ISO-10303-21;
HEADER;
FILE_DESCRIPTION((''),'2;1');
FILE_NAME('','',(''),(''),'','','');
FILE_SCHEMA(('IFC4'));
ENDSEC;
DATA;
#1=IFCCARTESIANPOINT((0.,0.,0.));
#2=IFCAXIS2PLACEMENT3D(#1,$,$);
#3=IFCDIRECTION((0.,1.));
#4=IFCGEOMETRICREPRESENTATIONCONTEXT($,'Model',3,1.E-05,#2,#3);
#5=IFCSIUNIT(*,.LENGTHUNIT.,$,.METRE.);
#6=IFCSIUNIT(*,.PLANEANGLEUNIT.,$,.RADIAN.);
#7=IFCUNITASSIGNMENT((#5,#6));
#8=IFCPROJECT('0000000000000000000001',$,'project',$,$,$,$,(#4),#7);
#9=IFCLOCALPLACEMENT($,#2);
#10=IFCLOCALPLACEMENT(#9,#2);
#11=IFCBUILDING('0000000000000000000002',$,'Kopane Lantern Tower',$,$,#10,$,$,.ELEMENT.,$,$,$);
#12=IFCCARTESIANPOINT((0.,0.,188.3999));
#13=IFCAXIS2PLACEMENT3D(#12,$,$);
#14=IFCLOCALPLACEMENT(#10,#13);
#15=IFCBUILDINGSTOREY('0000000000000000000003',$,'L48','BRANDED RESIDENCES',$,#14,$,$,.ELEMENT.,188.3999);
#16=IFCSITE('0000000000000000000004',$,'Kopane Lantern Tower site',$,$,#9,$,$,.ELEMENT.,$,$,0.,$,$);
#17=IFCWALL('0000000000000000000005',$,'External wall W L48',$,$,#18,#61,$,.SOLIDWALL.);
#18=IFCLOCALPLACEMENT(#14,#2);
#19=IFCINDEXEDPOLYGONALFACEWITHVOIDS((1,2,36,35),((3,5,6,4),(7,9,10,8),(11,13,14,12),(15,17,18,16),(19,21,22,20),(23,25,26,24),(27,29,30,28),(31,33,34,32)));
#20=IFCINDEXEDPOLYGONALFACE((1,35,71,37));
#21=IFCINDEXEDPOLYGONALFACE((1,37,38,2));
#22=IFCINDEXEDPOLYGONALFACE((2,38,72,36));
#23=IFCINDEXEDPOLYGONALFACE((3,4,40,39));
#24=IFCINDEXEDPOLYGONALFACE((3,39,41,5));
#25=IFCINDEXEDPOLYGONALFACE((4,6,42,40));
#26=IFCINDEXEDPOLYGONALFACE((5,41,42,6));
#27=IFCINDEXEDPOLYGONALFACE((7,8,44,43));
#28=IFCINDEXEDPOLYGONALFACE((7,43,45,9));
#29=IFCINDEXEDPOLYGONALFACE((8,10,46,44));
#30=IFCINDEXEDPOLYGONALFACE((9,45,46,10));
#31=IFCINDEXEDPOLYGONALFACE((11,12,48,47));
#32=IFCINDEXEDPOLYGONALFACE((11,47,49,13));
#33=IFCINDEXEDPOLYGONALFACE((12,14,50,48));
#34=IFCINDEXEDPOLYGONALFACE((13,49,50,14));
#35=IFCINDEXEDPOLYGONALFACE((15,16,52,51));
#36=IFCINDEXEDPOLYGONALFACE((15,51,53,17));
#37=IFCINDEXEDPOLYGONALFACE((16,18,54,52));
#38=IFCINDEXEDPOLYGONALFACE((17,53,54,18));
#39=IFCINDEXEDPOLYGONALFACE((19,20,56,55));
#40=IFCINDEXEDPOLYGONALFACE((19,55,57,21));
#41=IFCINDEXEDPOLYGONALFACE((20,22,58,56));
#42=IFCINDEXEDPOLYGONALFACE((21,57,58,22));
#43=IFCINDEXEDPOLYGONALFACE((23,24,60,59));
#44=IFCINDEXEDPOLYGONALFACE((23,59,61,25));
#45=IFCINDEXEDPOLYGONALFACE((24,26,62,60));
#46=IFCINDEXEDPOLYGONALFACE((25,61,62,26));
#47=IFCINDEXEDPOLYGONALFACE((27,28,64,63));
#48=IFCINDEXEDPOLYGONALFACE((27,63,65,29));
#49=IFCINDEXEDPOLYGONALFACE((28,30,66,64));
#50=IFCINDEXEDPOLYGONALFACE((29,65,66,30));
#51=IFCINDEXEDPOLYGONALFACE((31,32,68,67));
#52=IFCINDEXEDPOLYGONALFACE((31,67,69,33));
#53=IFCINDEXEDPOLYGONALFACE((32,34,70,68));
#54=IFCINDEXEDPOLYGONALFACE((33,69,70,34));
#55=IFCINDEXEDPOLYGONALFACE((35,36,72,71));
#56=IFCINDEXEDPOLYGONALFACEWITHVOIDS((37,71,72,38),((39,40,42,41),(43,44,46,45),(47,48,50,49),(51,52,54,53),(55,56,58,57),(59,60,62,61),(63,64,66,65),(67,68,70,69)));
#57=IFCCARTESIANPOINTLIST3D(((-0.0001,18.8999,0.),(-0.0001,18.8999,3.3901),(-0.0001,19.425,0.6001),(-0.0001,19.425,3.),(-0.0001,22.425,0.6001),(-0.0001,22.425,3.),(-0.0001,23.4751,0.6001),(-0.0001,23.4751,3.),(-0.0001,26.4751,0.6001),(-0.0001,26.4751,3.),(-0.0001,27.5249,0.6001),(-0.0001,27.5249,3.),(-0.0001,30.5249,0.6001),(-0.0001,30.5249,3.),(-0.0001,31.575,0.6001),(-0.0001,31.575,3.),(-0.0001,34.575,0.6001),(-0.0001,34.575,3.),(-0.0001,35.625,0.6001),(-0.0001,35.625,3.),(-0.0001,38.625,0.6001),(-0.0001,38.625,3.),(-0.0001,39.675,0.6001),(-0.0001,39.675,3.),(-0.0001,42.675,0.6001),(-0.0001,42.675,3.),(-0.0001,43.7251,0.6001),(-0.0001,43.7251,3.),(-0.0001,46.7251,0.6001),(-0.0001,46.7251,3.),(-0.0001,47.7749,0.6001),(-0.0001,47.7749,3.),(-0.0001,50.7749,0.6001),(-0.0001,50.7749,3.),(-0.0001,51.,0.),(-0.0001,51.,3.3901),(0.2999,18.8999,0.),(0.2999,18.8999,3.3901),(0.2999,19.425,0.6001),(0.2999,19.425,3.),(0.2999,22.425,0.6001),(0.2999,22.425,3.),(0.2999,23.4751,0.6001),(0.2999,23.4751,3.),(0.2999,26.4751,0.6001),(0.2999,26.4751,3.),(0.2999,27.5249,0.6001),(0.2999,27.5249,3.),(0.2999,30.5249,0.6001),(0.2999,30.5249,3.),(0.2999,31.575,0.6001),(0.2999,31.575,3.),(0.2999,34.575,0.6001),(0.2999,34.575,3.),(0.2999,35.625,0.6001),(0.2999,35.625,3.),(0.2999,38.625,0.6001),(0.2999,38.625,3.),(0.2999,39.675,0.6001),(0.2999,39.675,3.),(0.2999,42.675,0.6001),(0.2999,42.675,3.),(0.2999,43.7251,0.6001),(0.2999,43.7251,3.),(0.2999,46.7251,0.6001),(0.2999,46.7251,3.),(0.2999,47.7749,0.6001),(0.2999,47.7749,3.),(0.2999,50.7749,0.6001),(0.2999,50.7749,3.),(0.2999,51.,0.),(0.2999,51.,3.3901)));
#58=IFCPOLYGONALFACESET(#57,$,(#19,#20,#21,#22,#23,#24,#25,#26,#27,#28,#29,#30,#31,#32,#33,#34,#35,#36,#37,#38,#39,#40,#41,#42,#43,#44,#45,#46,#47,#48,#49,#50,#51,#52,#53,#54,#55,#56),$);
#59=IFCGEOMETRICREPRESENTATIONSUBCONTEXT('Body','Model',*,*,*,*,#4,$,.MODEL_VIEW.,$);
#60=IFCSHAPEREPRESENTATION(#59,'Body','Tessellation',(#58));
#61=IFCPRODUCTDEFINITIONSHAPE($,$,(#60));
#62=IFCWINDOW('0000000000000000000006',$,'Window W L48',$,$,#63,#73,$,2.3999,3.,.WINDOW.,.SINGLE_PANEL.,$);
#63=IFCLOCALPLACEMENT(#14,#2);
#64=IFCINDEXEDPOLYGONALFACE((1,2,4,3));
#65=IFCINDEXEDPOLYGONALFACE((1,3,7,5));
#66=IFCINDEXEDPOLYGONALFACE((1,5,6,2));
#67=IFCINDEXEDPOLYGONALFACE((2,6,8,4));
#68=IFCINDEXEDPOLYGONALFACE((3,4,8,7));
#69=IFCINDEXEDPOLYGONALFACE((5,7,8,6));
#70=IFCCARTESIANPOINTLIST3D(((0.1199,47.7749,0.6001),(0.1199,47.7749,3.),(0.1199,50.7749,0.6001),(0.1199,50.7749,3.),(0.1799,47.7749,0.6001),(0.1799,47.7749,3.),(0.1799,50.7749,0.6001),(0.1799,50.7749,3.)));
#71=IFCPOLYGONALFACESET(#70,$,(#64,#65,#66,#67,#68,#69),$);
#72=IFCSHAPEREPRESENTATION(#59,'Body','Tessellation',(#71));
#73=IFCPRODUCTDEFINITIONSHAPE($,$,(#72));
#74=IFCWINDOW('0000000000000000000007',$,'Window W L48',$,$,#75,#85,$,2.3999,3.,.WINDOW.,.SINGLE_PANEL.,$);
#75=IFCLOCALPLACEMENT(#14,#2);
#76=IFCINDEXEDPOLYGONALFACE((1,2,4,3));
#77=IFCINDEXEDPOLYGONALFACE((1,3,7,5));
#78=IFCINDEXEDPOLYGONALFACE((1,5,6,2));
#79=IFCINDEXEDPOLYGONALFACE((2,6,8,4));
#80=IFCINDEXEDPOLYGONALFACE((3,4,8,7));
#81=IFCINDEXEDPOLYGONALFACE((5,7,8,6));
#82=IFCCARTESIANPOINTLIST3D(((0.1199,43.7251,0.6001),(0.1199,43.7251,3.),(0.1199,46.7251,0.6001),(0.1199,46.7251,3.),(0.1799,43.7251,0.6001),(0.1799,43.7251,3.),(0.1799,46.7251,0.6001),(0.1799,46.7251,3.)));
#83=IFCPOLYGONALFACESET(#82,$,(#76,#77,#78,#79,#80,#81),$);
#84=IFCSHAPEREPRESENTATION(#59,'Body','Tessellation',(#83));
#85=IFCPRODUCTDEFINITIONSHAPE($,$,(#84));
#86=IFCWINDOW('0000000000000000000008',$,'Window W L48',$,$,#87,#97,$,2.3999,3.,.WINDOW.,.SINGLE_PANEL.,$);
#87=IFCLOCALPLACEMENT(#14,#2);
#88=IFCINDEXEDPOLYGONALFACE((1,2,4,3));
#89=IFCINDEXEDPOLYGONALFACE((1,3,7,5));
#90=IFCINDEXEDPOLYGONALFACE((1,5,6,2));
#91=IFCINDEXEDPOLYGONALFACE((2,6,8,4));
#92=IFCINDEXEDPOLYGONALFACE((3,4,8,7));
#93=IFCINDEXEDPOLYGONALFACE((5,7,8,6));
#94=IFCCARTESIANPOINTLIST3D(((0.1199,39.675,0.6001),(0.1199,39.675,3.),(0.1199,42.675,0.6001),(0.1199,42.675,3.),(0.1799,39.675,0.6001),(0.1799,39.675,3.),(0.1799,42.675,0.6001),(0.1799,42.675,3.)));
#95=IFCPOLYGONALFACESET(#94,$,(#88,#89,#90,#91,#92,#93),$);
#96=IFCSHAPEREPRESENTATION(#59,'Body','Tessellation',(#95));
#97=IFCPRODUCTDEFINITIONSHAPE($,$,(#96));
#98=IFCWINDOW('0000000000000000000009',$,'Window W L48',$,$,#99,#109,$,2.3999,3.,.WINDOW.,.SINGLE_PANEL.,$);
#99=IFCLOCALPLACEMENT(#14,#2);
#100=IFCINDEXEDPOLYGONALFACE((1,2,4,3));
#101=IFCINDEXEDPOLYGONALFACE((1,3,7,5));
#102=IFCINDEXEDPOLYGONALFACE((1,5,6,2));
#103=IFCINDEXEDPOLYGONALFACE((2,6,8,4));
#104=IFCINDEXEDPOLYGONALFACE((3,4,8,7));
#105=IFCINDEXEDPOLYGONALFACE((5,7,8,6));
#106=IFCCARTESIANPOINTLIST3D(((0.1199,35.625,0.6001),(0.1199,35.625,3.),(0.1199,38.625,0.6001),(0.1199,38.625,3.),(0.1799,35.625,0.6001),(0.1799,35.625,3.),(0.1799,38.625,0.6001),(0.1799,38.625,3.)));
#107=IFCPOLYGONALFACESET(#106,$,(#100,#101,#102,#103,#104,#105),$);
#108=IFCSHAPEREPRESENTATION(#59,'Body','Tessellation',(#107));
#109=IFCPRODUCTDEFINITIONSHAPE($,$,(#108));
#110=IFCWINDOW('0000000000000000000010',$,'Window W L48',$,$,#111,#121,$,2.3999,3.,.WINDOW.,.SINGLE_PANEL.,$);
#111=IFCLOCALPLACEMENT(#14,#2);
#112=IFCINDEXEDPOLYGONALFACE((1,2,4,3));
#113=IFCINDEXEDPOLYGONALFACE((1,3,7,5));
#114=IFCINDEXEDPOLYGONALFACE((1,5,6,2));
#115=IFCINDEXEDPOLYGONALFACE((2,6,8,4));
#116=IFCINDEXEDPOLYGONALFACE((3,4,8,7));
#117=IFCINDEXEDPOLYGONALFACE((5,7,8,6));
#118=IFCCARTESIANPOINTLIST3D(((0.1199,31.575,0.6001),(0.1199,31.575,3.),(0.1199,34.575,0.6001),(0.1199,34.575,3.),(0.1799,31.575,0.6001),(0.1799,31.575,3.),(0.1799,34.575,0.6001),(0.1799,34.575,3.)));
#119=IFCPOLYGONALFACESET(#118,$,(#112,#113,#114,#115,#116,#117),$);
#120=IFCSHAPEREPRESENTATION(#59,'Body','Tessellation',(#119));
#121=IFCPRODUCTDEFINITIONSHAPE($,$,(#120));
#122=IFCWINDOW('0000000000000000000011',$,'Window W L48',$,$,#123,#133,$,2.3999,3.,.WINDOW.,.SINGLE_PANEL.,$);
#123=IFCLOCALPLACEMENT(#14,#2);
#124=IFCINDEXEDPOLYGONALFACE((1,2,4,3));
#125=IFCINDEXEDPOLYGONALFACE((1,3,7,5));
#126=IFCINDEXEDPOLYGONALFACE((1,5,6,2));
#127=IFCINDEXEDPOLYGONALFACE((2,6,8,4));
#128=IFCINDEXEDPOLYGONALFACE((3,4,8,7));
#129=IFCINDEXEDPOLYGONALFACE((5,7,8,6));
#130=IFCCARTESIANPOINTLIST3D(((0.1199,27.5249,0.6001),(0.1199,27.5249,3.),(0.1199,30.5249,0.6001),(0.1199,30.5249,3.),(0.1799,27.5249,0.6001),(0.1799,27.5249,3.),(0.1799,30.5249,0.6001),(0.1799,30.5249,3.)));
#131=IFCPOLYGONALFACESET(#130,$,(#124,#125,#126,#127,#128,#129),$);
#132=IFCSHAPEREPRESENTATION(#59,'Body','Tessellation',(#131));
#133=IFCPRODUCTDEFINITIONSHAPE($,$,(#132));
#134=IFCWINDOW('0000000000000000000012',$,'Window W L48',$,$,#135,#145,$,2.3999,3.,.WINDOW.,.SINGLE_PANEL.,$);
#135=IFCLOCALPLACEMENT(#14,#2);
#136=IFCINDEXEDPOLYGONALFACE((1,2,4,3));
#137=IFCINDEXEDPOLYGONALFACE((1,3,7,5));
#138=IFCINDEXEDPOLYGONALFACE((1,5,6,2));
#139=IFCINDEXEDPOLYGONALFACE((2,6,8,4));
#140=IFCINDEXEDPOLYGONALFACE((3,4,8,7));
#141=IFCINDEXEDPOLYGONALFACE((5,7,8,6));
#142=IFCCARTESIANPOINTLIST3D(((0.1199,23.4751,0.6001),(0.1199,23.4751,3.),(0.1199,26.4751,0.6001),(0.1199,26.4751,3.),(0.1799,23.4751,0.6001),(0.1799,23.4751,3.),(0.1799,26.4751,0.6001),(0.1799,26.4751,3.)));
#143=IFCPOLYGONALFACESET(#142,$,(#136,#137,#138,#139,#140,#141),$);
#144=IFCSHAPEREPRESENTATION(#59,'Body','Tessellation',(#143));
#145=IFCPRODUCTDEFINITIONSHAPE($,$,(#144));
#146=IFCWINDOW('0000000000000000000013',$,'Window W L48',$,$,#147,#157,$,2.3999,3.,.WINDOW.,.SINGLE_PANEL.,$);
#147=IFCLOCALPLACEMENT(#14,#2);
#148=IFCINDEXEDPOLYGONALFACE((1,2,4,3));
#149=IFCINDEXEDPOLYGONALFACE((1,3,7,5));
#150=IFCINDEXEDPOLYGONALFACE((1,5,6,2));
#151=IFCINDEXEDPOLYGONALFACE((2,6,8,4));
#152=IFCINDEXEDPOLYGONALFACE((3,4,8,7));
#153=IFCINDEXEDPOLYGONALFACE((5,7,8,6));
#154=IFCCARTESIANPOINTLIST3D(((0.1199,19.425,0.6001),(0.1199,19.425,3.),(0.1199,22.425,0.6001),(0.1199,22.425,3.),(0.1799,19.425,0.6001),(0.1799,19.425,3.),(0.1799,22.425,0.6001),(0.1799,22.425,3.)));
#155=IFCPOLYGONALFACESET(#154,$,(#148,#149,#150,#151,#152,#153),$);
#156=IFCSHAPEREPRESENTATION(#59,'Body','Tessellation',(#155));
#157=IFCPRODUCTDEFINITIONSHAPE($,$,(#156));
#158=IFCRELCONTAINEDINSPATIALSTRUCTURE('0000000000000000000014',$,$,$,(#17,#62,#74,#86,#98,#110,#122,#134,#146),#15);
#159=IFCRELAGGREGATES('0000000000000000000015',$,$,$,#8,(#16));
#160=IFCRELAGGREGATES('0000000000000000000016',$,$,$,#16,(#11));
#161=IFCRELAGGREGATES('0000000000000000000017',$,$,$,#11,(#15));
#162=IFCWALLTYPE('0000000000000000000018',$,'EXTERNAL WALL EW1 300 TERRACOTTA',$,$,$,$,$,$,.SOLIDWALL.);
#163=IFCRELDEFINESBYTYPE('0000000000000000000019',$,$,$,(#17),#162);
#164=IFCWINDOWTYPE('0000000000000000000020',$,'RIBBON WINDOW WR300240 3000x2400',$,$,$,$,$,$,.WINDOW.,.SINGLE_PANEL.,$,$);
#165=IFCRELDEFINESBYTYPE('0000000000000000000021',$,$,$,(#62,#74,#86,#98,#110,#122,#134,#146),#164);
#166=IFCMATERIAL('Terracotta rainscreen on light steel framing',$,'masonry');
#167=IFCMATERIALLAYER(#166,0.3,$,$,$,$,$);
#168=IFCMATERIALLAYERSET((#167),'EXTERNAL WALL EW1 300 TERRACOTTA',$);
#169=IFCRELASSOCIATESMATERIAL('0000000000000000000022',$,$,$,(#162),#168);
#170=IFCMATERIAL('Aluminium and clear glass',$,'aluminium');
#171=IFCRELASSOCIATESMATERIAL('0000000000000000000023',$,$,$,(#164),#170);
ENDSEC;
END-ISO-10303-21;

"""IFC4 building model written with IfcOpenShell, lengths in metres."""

from ifc_helpers import new_model, si_unit, direction, frame, frame_2d, origin, place, context, subcontext, project, spatial, rectangle, extrude, material, layer, layer_set, type_object, element, fill, save


model = new_model("IFC4")

# Units and contexts
model_context = context("Model", 3, precision=1e-05, world=origin(), true_north=direction((0.0, 1.0)))
body_context = subcontext(model_context, "Body", "Model", "MODEL_VIEW")
ifc_project = project(units=[si_unit("LENGTHUNIT", "METRE"), si_unit("PLANEANGLEUNIT", "RADIAN")], contexts=[model_context])

# Site, building, storey
site_placement = place(None, origin())
site = spatial("IfcSite", under=ifc_project, at=site_placement, Name="Kopane Lantern Tower site", CompositionType="ELEMENT", RefElevation=0.0)
building_placement = place(site_placement, origin())
building = spatial("IfcBuilding", under=site, at=building_placement, Name="Kopane Lantern Tower", CompositionType="ELEMENT")
storey_placement = place(building_placement, frame((0.0, 0.0, 188.3999)))
storey = spatial("IfcBuildingStorey", under=building, at=storey_placement, Name="L48", Description="BRANDED RESIDENCES", CompositionType="ELEMENT", Elevation=188.3999)

# Shared definitions
ifc_material_1 = material(Name="Terracotta rainscreen on light steel framing", Category="masonry")
ifc_layer = layer(ifc_material_1, 0.3)
ifc_layer_set = layer_set([ifc_layer], Name="EXTERNAL WALL EW1 300 TERRACOTTA")
wall_type = type_object("IfcWallType", Name="EXTERNAL WALL EW1 300 TERRACOTTA", PredefinedType="SOLIDWALL", material=ifc_layer_set)

# Wall, openings, windows
wall_1_placement = place(storey_placement, frame((0.1499, 51.0, 0.0), z_axis=(0.0, 0.0, 1.0), x_axis=(0.0, -1.0, 0.0)))
wall_1 = element("IfcWall", 1, at=wall_1_placement, inside=storey, type_object=wall_type, Name="External wall W L48", PredefinedType="SOLIDWALL", context=body_context, shape_type="SweptSolid", body=[
    extrude(rectangle(XDim=32.1001, YDim=0.3, at=frame_2d((16.05, 0.0))), origin(), (0.0, 0.0, 1.0), 3.3901),
])
opening_1_placement = place(wall_1_placement, frame((0.2251, 0.0, 0.6001)))
opening_1 = element("IfcOpeningElement", 2, at=opening_1_placement, cuts=wall_1, PredefinedType="OPENING", context=body_context, shape_type="SweptSolid", body=[
    extrude(rectangle(XDim=3.0, YDim=2.3999, at=frame_2d((1.5, 1.2))), frame((0.0, 0.1599, 0.0), z_axis=(0.0, -1.0, 0.0), x_axis=(1.0, 0.0, 0.0)), (0.0, 0.0, 1.0), 0.3201),
])
opening_2_placement = place(wall_1_placement, frame((4.2749, 0.0, 0.6001)))
opening_2 = element("IfcOpeningElement", 3, at=opening_2_placement, cuts=wall_1, PredefinedType="OPENING", context=body_context, shape_type="SweptSolid", body=[
    extrude(rectangle(XDim=3.0, YDim=2.3999, at=frame_2d((1.5, 1.2))), frame((0.0, 0.1599, 0.0), z_axis=(0.0, -1.0, 0.0), x_axis=(1.0, 0.0, 0.0)), (0.0, 0.0, 1.0), 0.3201),
])
opening_3_placement = place(wall_1_placement, frame((8.325, 0.0, 0.6001)))
opening_3 = element("IfcOpeningElement", 4, at=opening_3_placement, cuts=wall_1, PredefinedType="OPENING", context=body_context, shape_type="SweptSolid", body=[
    extrude(rectangle(XDim=3.0, YDim=2.3999, at=frame_2d((1.5, 1.2))), frame((0.0, 0.1599, 0.0), z_axis=(0.0, -1.0, 0.0), x_axis=(1.0, 0.0, 0.0)), (0.0, 0.0, 1.0), 0.3201),
])
opening_4_placement = place(wall_1_placement, frame((12.375, 0.0, 0.6001)))
opening_4 = element("IfcOpeningElement", 5, at=opening_4_placement, cuts=wall_1, PredefinedType="OPENING", context=body_context, shape_type="SweptSolid", body=[
    extrude(rectangle(XDim=3.0, YDim=2.3999, at=frame_2d((1.5, 1.2))), frame((0.0, 0.1599, 0.0), z_axis=(0.0, -1.0, 0.0), x_axis=(1.0, 0.0, 0.0)), (0.0, 0.0, 1.0), 0.3201),
])
opening_5_placement = place(wall_1_placement, frame((16.425, 0.0, 0.6001)))
opening_5 = element("IfcOpeningElement", 6, at=opening_5_placement, cuts=wall_1, PredefinedType="OPENING", context=body_context, shape_type="SweptSolid", body=[
    extrude(rectangle(XDim=3.0, YDim=2.3999, at=frame_2d((1.5, 1.2))), frame((0.0, 0.1599, 0.0), z_axis=(0.0, -1.0, 0.0), x_axis=(1.0, 0.0, 0.0)), (0.0, 0.0, 1.0), 0.3201),
])
opening_6_placement = place(wall_1_placement, frame((20.4751, 0.0, 0.6001)))
opening_6 = element("IfcOpeningElement", 7, at=opening_6_placement, cuts=wall_1, PredefinedType="OPENING", context=body_context, shape_type="SweptSolid", body=[
    extrude(rectangle(XDim=3.0, YDim=2.3999, at=frame_2d((1.5, 1.2))), frame((0.0, 0.1599, 0.0), z_axis=(0.0, -1.0, 0.0), x_axis=(1.0, 0.0, 0.0)), (0.0, 0.0, 1.0), 0.3201),
])
opening_7_placement = place(wall_1_placement, frame((24.5249, 0.0, 0.6001)))
opening_7 = element("IfcOpeningElement", 8, at=opening_7_placement, cuts=wall_1, PredefinedType="OPENING", context=body_context, shape_type="SweptSolid", body=[
    extrude(rectangle(XDim=3.0, YDim=2.3999, at=frame_2d((1.5, 1.2))), frame((0.0, 0.1599, 0.0), z_axis=(0.0, -1.0, 0.0), x_axis=(1.0, 0.0, 0.0)), (0.0, 0.0, 1.0), 0.3201),
])
opening_8_placement = place(wall_1_placement, frame((28.575, 0.0, 0.6001)))
opening_8 = element("IfcOpeningElement", 9, at=opening_8_placement, cuts=wall_1, PredefinedType="OPENING", context=body_context, shape_type="SweptSolid", body=[
    extrude(rectangle(XDim=3.0, YDim=2.3999, at=frame_2d((1.5, 1.2))), frame((0.0, 0.1599, 0.0), z_axis=(0.0, -1.0, 0.0), x_axis=(1.0, 0.0, 0.0)), (0.0, 0.0, 1.0), 0.3201),
])
ifc_material_2 = material(Name="Aluminium and clear glass", Category="aluminium")
window_type_1 = type_object("IfcWindowType", Name="RIBBON WINDOW WR300240 3000x2400", PartitioningType="SINGLE_PANEL", PredefinedType="WINDOW", material=ifc_material_2)
window_1_placement = place(opening_1_placement, origin())
window_1 = element("IfcWindow", 10, at=window_1_placement, inside=storey, type_object=window_type_1, Name="Window W L48", OverallHeight=2.3999, OverallWidth=3.0, PartitioningType="SINGLE_PANEL", PredefinedType="WINDOW", context=body_context, shape_type="SweptSolid", body=[
    extrude(rectangle(XDim=3.0, YDim=2.3999, at=frame_2d((1.5, 1.2))), frame((0.0, 0.03, 0.0), z_axis=(0.0, -1.0, 0.0), x_axis=(1.0, 0.0, 0.0)), (0.0, 0.0, 1.0), 0.0601),
])
fill(opening_1, window_1)
window_2_placement = place(opening_2_placement, origin())
window_2 = element("IfcWindow", 11, at=window_2_placement, inside=storey, type_object=window_type_1, Name="Window W L48", OverallHeight=2.3999, OverallWidth=3.0, PartitioningType="SINGLE_PANEL", PredefinedType="WINDOW", context=body_context, shape_type="SweptSolid", body=[
    extrude(rectangle(XDim=3.0, YDim=2.3999, at=frame_2d((1.5, 1.2))), frame((0.0, 0.03, 0.0), z_axis=(0.0, -1.0, 0.0), x_axis=(1.0, 0.0, 0.0)), (0.0, 0.0, 1.0), 0.0601),
])
fill(opening_2, window_2)
window_3_placement = place(opening_3_placement, origin())
window_3 = element("IfcWindow", 12, at=window_3_placement, inside=storey, type_object=window_type_1, Name="Window W L48", OverallHeight=2.3999, OverallWidth=3.0, PartitioningType="SINGLE_PANEL", PredefinedType="WINDOW", context=body_context, shape_type="SweptSolid", body=[
    extrude(rectangle(XDim=3.0, YDim=2.3999, at=frame_2d((1.5, 1.2))), frame((0.0, 0.03, 0.0), z_axis=(0.0, -1.0, 0.0), x_axis=(1.0, 0.0, 0.0)), (0.0, 0.0, 1.0), 0.0601),
])
fill(opening_3, window_3)
window_4_placement = place(opening_4_placement, origin())
window_4 = element("IfcWindow", 13, at=window_4_placement, inside=storey, type_object=window_type_1, Name="Window W L48", OverallHeight=2.3999, OverallWidth=3.0, PartitioningType="SINGLE_PANEL", PredefinedType="WINDOW", context=body_context, shape_type="SweptSolid", body=[
    extrude(rectangle(XDim=3.0, YDim=2.3999, at=frame_2d((1.5, 1.2))), frame((0.0, 0.03, 0.0), z_axis=(0.0, -1.0, 0.0), x_axis=(1.0, 0.0, 0.0)), (0.0, 0.0, 1.0), 0.0601),
])
fill(opening_4, window_4)
window_5_placement = place(opening_5_placement, origin())
window_5 = element("IfcWindow", 14, at=window_5_placement, inside=storey, type_object=window_type_1, Name="Window W L48", OverallHeight=2.3999, OverallWidth=3.0, PartitioningType="SINGLE_PANEL", PredefinedType="WINDOW", context=body_context, shape_type="SweptSolid", body=[
    extrude(rectangle(XDim=3.0, YDim=2.3999, at=frame_2d((1.5, 1.2))), frame((0.0, 0.03, 0.0), z_axis=(0.0, -1.0, 0.0), x_axis=(1.0, 0.0, 0.0)), (0.0, 0.0, 1.0), 0.0601),
])
fill(opening_5, window_5)
window_6_placement = place(opening_6_placement, origin())
window_6 = element("IfcWindow", 15, at=window_6_placement, inside=storey, type_object=window_type_1, Name="Window W L48", OverallHeight=2.3999, OverallWidth=3.0, PartitioningType="SINGLE_PANEL", PredefinedType="WINDOW", context=body_context, shape_type="SweptSolid", body=[
    extrude(rectangle(XDim=3.0, YDim=2.3999, at=frame_2d((1.5, 1.2))), frame((0.0, 0.03, 0.0), z_axis=(0.0, -1.0, 0.0), x_axis=(1.0, 0.0, 0.0)), (0.0, 0.0, 1.0), 0.0601),
])
fill(opening_6, window_6)
window_7_placement = place(opening_7_placement, origin())
window_7 = element("IfcWindow", 16, at=window_7_placement, inside=storey, type_object=window_type_1, Name="Window W L48", OverallHeight=2.3999, OverallWidth=3.0, PartitioningType="SINGLE_PANEL", PredefinedType="WINDOW", context=body_context, shape_type="SweptSolid", body=[
    extrude(rectangle(XDim=3.0, YDim=2.3999, at=frame_2d((1.5, 1.2))), frame((0.0, 0.03, 0.0), z_axis=(0.0, -1.0, 0.0), x_axis=(1.0, 0.0, 0.0)), (0.0, 0.0, 1.0), 0.0601),
])
fill(opening_7, window_7)
window_8_placement = place(opening_8_placement, origin())
window_8 = element("IfcWindow", 17, at=window_8_placement, inside=storey, type_object=window_type_1, Name="Window W L48", OverallHeight=2.3999, OverallWidth=3.0, PartitioningType="SINGLE_PANEL", PredefinedType="WINDOW", context=body_context, shape_type="SweptSolid", body=[
    extrude(rectangle(XDim=3.0, YDim=2.3999, at=frame_2d((1.5, 1.2))), frame((0.0, 0.03, 0.0), z_axis=(0.0, -1.0, 0.0), x_axis=(1.0, 0.0, 0.0)), (0.0, 0.0, 1.0), 0.0601),
])
fill(opening_8, window_8)

save(model, "model.ifc")
